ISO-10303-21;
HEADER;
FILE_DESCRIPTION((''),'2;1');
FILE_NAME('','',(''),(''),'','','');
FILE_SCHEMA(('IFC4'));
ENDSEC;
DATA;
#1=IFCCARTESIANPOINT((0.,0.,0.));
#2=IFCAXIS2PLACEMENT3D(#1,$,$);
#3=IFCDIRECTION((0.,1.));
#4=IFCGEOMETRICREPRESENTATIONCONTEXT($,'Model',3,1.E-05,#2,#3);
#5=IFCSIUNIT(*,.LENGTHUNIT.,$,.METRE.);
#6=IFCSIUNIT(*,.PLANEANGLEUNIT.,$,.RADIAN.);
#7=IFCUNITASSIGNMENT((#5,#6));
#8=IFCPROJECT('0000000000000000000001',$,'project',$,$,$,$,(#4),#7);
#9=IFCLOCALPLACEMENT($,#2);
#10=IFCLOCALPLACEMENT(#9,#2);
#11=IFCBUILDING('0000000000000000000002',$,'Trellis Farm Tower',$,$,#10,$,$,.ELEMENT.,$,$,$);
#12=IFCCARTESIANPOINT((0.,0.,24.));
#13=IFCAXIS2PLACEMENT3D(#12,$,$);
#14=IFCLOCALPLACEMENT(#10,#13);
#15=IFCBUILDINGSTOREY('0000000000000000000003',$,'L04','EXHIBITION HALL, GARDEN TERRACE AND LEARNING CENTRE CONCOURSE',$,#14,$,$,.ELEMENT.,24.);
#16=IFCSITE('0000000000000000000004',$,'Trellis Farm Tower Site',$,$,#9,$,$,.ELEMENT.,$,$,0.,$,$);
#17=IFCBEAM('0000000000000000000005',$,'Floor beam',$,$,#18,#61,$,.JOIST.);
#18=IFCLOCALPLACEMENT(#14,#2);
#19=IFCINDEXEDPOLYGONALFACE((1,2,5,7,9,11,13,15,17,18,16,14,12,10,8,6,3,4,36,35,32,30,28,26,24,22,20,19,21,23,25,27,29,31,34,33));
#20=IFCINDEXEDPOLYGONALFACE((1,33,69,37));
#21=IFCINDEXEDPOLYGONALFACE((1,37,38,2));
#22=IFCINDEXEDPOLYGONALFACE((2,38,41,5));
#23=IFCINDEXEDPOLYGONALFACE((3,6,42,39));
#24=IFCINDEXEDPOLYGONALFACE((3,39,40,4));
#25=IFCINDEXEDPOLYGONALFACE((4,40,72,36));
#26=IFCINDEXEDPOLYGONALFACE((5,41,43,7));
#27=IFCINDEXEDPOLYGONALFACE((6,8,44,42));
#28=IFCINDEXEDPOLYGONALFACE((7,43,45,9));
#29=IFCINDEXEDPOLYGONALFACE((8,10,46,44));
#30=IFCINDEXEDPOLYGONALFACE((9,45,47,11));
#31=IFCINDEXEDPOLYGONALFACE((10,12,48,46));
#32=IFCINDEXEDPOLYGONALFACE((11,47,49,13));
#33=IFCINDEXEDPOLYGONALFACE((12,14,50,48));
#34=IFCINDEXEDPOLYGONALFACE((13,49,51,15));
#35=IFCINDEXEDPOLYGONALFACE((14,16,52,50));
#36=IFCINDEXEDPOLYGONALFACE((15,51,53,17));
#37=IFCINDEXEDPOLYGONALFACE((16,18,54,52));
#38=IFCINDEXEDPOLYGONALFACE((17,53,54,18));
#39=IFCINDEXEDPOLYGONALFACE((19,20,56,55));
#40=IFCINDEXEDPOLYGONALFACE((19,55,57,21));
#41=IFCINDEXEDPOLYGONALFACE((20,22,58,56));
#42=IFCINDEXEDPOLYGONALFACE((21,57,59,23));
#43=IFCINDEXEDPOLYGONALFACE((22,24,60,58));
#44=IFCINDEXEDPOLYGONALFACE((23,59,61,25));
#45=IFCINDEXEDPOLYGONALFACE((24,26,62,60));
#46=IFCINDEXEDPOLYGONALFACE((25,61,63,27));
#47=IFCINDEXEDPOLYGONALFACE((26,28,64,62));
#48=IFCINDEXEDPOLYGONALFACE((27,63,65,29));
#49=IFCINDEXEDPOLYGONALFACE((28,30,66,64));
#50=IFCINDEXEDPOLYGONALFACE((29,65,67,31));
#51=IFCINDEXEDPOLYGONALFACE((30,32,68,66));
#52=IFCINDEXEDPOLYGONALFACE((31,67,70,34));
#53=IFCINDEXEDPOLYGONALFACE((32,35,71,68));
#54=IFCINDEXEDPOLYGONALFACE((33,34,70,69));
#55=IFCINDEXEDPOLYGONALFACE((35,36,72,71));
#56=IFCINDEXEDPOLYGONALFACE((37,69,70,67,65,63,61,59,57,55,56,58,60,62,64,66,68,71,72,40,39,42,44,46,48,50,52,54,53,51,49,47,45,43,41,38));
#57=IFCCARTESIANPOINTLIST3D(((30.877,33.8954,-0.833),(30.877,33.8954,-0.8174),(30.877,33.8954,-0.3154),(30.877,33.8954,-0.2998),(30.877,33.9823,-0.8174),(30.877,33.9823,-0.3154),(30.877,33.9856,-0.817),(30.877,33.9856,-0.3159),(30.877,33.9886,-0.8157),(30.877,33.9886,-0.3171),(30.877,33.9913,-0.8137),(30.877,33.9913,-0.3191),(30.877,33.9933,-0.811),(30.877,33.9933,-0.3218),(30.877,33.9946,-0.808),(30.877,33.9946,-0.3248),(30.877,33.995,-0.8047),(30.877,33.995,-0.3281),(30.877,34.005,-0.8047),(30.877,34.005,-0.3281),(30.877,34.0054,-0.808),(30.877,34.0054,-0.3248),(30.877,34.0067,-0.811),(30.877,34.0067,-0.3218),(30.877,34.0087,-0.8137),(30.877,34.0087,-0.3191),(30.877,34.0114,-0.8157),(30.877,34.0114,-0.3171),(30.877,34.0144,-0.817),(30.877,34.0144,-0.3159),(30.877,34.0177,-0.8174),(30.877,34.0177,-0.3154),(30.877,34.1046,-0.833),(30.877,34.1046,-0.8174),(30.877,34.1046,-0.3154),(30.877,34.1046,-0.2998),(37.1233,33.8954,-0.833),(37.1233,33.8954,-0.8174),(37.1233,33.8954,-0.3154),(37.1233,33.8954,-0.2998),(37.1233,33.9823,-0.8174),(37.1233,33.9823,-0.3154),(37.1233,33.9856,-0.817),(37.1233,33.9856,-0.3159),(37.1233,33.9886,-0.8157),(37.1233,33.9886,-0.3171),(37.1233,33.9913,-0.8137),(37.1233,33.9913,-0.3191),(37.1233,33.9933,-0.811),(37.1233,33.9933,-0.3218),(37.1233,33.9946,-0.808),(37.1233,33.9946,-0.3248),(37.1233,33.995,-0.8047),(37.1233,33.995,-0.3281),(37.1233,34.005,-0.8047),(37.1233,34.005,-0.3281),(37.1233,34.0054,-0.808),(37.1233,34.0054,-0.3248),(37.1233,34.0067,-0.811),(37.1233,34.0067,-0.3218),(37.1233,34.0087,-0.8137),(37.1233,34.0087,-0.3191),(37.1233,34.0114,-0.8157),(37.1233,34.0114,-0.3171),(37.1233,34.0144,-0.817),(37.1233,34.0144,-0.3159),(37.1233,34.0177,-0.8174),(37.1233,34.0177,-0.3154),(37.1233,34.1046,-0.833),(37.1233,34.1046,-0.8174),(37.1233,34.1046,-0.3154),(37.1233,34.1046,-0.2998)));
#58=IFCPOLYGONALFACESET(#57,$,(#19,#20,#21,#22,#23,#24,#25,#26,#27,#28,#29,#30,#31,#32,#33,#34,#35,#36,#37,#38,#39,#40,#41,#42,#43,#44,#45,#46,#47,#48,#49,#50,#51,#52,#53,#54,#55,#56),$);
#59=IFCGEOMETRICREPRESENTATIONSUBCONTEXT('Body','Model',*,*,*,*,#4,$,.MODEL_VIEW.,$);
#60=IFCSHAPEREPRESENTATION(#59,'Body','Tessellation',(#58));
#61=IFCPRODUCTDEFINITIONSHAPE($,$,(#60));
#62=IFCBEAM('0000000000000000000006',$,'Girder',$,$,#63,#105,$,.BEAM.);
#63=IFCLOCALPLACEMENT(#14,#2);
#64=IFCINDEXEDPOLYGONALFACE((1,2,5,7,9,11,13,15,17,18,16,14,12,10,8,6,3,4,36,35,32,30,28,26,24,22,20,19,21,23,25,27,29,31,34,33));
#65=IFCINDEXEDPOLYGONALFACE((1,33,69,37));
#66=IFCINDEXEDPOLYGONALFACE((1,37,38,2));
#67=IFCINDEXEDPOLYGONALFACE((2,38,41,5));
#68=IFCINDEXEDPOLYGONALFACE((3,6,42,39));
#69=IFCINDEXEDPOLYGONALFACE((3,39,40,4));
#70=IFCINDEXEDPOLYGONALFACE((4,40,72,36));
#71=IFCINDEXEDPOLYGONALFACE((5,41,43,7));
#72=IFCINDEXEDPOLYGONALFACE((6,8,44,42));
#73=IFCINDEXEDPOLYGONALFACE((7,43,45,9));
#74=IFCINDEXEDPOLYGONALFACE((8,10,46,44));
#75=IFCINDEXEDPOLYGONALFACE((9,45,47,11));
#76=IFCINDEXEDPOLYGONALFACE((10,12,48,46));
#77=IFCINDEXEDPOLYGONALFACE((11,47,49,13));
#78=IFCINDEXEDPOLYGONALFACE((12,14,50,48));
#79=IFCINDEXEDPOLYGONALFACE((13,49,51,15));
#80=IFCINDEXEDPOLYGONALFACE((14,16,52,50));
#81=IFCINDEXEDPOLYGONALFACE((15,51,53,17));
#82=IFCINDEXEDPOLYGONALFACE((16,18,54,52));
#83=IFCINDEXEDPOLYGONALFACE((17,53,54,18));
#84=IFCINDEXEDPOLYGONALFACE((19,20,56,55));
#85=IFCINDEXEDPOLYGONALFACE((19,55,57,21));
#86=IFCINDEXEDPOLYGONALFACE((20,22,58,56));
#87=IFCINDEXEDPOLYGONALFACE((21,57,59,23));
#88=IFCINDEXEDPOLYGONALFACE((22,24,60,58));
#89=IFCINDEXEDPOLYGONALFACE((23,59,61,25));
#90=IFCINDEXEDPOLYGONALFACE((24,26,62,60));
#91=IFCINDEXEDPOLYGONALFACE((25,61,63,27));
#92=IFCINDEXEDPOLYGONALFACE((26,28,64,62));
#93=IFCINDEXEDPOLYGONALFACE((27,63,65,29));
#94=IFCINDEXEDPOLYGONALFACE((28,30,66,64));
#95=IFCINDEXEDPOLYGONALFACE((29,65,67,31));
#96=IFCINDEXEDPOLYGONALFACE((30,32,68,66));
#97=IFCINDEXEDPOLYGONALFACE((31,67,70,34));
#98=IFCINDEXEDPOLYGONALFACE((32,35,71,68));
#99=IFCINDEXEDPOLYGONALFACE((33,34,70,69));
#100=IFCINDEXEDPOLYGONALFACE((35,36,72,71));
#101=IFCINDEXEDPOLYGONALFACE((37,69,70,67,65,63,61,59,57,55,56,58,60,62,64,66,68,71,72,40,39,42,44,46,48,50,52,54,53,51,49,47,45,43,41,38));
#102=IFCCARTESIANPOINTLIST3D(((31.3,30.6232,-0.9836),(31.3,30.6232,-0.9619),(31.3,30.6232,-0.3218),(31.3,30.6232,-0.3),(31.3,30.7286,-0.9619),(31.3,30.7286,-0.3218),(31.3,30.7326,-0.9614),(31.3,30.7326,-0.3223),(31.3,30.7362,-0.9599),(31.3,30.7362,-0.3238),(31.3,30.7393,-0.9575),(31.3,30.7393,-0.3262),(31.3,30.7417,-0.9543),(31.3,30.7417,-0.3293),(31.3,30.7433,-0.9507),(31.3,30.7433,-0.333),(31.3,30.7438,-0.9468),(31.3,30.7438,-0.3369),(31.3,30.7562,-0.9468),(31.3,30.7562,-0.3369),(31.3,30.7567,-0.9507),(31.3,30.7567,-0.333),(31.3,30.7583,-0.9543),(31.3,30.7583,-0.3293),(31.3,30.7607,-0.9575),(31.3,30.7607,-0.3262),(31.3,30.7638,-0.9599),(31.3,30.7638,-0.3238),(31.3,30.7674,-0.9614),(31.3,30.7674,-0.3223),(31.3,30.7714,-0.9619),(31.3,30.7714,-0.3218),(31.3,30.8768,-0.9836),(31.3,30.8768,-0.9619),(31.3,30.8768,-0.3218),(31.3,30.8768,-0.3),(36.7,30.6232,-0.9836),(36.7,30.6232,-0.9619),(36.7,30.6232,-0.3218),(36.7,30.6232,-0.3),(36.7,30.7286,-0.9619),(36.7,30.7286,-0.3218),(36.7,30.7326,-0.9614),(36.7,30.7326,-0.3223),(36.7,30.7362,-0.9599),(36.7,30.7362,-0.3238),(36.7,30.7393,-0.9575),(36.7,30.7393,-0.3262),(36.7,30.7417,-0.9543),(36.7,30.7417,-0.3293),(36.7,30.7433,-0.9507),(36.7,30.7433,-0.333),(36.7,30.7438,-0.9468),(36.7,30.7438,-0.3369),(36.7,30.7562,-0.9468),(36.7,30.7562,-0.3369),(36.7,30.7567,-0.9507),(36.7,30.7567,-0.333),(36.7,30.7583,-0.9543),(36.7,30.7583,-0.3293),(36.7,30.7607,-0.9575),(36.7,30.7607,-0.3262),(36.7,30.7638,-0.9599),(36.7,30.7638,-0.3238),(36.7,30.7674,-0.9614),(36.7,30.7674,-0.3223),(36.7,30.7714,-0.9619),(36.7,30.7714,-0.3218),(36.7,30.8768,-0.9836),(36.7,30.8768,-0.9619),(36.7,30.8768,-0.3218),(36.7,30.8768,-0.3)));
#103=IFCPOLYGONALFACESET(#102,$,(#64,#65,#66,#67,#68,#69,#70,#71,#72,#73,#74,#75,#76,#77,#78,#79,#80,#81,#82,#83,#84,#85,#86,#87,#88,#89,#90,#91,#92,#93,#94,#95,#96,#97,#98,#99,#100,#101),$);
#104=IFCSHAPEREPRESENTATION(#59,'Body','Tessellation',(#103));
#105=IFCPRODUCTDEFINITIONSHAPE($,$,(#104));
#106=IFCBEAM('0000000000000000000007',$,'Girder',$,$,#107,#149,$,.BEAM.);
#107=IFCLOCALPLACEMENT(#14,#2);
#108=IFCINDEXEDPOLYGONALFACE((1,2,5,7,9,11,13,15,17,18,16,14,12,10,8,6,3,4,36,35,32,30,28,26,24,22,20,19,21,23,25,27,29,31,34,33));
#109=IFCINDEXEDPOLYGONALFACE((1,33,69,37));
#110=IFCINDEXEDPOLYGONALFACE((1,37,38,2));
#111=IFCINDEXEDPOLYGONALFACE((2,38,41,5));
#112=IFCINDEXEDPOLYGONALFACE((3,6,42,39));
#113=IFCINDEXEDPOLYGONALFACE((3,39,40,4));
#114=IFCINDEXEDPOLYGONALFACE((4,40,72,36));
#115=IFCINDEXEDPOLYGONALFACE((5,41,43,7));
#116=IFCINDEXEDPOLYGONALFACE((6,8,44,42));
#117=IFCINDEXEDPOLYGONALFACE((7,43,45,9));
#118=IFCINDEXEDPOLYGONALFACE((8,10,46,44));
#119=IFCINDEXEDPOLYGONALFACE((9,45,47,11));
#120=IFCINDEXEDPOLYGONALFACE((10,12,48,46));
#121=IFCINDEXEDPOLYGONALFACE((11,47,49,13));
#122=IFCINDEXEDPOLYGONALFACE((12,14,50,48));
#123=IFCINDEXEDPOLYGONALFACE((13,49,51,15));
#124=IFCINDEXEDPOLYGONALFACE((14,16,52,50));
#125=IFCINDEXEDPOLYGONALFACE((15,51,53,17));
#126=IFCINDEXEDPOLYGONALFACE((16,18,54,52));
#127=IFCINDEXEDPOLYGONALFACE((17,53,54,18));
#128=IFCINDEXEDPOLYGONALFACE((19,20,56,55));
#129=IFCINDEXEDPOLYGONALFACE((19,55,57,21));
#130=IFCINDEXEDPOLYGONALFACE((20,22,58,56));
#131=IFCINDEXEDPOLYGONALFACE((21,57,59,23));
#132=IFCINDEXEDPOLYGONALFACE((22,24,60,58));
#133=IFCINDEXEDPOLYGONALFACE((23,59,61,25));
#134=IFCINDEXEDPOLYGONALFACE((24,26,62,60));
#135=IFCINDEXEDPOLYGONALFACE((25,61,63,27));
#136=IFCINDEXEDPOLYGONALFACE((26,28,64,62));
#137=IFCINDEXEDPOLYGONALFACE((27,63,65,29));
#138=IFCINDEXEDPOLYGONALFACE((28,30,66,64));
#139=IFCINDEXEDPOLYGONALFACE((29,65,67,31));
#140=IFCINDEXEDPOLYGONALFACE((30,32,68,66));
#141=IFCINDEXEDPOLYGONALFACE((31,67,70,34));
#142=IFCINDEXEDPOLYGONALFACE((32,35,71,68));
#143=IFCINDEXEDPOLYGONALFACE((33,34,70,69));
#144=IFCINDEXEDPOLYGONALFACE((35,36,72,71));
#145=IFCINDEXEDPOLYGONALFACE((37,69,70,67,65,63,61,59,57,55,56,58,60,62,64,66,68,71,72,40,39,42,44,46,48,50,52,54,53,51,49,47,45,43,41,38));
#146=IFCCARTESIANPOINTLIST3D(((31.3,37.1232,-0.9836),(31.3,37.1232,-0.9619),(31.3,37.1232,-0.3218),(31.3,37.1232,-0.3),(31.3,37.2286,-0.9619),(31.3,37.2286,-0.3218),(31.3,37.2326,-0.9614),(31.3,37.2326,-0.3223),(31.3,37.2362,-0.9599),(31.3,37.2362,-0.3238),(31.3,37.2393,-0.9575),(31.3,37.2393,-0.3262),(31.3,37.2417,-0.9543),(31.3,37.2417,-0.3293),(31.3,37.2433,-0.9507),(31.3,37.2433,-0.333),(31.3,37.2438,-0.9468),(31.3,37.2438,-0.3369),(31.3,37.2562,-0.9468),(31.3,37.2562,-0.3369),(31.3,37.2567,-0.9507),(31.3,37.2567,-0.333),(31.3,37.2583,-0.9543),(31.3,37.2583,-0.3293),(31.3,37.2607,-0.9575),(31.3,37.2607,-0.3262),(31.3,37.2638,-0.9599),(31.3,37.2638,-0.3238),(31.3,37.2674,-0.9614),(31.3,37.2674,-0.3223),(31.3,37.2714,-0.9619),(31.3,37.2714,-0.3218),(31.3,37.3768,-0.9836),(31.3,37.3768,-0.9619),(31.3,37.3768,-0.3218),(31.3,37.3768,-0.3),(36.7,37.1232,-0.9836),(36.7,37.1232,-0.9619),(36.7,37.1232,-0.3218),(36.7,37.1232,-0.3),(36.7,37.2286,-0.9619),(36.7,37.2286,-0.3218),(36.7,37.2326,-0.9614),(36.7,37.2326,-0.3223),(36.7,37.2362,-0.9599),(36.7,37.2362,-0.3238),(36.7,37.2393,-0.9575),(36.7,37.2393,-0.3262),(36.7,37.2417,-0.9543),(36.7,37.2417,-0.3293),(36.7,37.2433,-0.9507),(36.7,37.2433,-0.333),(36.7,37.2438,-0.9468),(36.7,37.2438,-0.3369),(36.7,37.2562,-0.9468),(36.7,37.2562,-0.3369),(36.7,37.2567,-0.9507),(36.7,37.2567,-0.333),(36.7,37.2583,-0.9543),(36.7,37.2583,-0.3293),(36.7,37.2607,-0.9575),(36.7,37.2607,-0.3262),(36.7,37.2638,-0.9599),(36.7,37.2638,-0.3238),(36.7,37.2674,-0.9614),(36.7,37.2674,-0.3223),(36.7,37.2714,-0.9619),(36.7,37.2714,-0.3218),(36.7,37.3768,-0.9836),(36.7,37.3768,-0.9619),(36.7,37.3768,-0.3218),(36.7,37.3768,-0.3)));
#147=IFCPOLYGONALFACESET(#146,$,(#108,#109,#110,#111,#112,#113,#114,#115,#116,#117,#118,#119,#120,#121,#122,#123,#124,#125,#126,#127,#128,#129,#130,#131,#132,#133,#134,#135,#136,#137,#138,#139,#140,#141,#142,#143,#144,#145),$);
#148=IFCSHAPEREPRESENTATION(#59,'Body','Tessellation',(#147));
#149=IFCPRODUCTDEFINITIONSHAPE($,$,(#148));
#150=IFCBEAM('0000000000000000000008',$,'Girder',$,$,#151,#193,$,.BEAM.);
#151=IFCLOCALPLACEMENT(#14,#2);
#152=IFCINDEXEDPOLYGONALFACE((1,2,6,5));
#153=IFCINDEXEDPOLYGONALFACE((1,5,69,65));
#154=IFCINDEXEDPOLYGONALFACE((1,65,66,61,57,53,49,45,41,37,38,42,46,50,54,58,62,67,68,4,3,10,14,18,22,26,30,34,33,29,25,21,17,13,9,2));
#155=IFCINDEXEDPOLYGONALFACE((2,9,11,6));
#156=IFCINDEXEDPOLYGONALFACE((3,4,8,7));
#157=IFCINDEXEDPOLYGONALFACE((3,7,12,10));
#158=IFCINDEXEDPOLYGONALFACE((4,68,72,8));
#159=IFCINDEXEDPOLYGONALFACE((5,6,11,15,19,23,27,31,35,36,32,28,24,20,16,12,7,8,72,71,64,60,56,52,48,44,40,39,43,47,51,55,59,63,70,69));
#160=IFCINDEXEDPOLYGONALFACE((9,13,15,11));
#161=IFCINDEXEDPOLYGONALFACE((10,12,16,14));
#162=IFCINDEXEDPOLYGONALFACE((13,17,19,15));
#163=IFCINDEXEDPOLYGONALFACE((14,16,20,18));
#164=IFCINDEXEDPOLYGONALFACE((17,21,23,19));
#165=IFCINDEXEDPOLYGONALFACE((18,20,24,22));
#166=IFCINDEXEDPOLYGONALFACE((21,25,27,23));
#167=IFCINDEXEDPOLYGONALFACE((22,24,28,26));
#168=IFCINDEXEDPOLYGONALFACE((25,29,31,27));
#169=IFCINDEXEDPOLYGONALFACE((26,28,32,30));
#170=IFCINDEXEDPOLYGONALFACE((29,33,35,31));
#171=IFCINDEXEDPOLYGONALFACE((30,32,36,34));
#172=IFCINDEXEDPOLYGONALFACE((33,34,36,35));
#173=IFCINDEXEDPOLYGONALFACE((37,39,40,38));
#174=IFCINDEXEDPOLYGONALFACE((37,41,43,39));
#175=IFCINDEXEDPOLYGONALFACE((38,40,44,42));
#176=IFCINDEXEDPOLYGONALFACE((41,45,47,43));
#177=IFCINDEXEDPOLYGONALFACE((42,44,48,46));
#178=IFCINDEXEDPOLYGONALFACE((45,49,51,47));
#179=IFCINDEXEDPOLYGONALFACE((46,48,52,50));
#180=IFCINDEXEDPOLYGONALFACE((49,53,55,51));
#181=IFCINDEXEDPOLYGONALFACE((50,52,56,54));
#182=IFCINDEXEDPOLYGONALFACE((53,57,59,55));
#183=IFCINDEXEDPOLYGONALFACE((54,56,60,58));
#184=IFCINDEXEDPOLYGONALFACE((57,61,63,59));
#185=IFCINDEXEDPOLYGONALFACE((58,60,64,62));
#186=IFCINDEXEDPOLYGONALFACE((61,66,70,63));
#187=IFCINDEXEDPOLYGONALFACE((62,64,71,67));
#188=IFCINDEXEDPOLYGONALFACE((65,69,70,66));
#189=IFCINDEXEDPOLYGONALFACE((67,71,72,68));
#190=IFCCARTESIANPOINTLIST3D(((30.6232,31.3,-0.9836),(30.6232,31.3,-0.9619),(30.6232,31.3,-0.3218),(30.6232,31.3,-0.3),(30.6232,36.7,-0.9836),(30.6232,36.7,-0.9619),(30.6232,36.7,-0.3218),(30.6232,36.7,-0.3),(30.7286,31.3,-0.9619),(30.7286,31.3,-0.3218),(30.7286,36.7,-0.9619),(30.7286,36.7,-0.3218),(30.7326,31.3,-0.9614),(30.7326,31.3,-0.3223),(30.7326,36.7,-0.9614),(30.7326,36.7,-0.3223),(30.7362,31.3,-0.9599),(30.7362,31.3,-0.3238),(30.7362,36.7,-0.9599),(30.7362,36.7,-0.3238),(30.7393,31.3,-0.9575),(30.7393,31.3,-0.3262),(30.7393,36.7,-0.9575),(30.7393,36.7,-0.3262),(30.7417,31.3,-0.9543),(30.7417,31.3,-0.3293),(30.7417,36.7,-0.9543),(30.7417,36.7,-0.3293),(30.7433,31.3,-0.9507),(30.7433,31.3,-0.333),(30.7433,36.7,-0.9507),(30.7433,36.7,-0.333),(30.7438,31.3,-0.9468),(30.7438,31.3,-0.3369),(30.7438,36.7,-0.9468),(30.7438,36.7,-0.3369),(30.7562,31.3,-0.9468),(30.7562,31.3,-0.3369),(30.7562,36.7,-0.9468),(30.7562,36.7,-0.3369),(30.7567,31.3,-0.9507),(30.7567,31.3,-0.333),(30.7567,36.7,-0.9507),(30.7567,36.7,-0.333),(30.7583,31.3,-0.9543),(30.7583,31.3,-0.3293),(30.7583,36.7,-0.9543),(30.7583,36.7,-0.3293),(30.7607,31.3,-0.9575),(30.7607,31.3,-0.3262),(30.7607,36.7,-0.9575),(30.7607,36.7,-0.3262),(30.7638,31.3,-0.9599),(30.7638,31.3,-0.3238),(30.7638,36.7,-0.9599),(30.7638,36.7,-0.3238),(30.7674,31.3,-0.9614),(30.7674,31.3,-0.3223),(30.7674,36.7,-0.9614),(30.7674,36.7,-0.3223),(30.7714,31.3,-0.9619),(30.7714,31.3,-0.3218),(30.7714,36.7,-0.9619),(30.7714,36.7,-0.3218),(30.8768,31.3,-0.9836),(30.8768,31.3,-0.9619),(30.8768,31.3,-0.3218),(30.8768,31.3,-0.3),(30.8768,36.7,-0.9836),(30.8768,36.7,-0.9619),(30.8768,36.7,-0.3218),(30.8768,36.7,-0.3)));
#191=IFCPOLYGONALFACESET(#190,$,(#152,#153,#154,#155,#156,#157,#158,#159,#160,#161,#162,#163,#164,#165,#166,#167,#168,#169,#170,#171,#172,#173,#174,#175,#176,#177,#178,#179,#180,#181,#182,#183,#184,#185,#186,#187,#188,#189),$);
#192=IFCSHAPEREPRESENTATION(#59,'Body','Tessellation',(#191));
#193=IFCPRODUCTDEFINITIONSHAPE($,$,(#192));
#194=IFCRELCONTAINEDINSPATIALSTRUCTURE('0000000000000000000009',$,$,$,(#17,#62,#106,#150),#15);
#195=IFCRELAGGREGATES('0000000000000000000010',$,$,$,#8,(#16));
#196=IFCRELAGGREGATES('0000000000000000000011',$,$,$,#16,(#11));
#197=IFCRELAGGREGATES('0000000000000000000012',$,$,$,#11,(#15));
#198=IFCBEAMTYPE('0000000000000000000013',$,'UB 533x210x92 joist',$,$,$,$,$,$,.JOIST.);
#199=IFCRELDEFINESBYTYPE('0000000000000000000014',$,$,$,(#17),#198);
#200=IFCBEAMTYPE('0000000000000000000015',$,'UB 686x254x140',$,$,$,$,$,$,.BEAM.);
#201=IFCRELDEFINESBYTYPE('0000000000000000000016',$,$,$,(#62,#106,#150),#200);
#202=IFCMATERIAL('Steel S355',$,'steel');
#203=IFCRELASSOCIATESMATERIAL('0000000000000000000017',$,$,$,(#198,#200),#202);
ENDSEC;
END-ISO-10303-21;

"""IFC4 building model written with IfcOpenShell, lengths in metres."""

from ifc_helpers import new_model, si_unit, direction, frame, origin, origin_2d, place, context, subcontext, project, spatial, i_section, extrude, source, transform, mapped, material, material_profile, profile_set, type_object, element, save


model = new_model("IFC4")

# Units and contexts
model_context = context("Model", 3, precision=1e-05, world=origin(), true_north=direction((0.0, 1.0)))
body_context = subcontext(model_context, "Body", "Model", "MODEL_VIEW")
ifc_project = project(units=[si_unit("LENGTHUNIT", "METRE"), si_unit("PLANEANGLEUNIT", "RADIAN")], contexts=[model_context])

# Site, building, storey
site_placement = place(None, origin())
site = spatial("IfcSite", under=ifc_project, at=site_placement, Name="Trellis Farm Tower Site", CompositionType="ELEMENT", RefElevation=0.0)
building_placement = place(site_placement, origin())
building = spatial("IfcBuilding", under=site, at=building_placement, Name="Trellis Farm Tower", CompositionType="ELEMENT")
storey_placement = place(building_placement, frame((0.0, 0.0, 24.0)))
storey = spatial("IfcBuildingStorey", under=building, at=storey_placement, Name="L04", Description="EXHIBITION HALL, GARDEN TERRACE AND LEARNING CENTRE CONCOURSE", CompositionType="ELEMENT", Elevation=24.0)

# Beams
ifc_material = material(Name="Steel S355", Category="steel")
ifc_material_profile_1 = material_profile(ifc_material, i_section(OverallWidth=0.2092, OverallDepth=0.5332, WebThickness=0.01, FlangeThickness=0.0156, FilletRadius=0.0127, at=origin_2d()), Name="UB 533x210x92")
ifc_profile_set_1 = profile_set([ifc_material_profile_1], Name="Steel S355")
beam_type_1 = type_object("IfcBeamType", Name="UB 533x210x92 joist", PredefinedType="JOIST", material=ifc_profile_set_1)
shared_shape_1 = source(origin(), body_context, "Body", "SweptSolid", [
    extrude(i_section(OverallWidth=0.2092, OverallDepth=0.5332, WebThickness=0.01, FlangeThickness=0.0156, FilletRadius=0.0127, at=origin_2d()), origin(), (0.0, 0.0, 1.0), 6.2463),
])
beam_placement = place(storey_placement, frame((30.877, 34.0, -0.5664), z_axis=(1.0, 0.0, 0.0), x_axis=(0.0, 1.0, 0.0)))
element("IfcBeam", 1, at=beam_placement, inside=storey, type_object=beam_type_1, Name="Floor beam", PredefinedType="JOIST", context=body_context, shape_type="MappedRepresentation", body=[
    mapped(shared_shape_1, transform((0.0, 0.0, 0.0))),
])
ifc_material_profile_2 = material_profile(ifc_material, i_section(OverallWidth=0.2537, OverallDepth=0.6836, WebThickness=0.0125, FlangeThickness=0.0217, FilletRadius=0.0151, at=origin_2d()), Name="UB 686x254x140")
ifc_profile_set_2 = profile_set([ifc_material_profile_2], Name="Steel S355")
beam_type_2 = type_object("IfcBeamType", Name="UB 686x254x140", PredefinedType="BEAM", material=ifc_profile_set_2)
shared_shape_2 = source(origin(), body_context, "Body", "SweptSolid", [
    extrude(i_section(OverallWidth=0.2537, OverallDepth=0.6836, WebThickness=0.0125, FlangeThickness=0.0217, FilletRadius=0.0151, at=origin_2d()), origin(), (0.0, 0.0, 1.0), 5.3999),
])
for number, where, z_axis, x_axis, name in (
    (2, (31.3, 30.75, -0.6418), (1.0, 0.0, 0.0), (0.0, 1.0, 0.0), "Girder"),
    (3, (31.3, 37.25, -0.6418), (1.0, 0.0, 0.0), (0.0, 1.0, 0.0), "Girder"),
    (4, (30.75, 31.3, -0.6418), (0.0, 1.0, 0.0), (-1.0, 0.0, 0.0), "Girder"),
):
    element("IfcBeam", number, at=place(storey_placement, frame(where, z_axis=z_axis, x_axis=x_axis)), inside=storey, type_object=beam_type_2, Name=name, PredefinedType="BEAM", context=body_context, shape_type="MappedRepresentation", body=[
        mapped(shared_shape_2, transform((0.0, 0.0, 0.0))),
    ])

save(model, "model.ifc")
